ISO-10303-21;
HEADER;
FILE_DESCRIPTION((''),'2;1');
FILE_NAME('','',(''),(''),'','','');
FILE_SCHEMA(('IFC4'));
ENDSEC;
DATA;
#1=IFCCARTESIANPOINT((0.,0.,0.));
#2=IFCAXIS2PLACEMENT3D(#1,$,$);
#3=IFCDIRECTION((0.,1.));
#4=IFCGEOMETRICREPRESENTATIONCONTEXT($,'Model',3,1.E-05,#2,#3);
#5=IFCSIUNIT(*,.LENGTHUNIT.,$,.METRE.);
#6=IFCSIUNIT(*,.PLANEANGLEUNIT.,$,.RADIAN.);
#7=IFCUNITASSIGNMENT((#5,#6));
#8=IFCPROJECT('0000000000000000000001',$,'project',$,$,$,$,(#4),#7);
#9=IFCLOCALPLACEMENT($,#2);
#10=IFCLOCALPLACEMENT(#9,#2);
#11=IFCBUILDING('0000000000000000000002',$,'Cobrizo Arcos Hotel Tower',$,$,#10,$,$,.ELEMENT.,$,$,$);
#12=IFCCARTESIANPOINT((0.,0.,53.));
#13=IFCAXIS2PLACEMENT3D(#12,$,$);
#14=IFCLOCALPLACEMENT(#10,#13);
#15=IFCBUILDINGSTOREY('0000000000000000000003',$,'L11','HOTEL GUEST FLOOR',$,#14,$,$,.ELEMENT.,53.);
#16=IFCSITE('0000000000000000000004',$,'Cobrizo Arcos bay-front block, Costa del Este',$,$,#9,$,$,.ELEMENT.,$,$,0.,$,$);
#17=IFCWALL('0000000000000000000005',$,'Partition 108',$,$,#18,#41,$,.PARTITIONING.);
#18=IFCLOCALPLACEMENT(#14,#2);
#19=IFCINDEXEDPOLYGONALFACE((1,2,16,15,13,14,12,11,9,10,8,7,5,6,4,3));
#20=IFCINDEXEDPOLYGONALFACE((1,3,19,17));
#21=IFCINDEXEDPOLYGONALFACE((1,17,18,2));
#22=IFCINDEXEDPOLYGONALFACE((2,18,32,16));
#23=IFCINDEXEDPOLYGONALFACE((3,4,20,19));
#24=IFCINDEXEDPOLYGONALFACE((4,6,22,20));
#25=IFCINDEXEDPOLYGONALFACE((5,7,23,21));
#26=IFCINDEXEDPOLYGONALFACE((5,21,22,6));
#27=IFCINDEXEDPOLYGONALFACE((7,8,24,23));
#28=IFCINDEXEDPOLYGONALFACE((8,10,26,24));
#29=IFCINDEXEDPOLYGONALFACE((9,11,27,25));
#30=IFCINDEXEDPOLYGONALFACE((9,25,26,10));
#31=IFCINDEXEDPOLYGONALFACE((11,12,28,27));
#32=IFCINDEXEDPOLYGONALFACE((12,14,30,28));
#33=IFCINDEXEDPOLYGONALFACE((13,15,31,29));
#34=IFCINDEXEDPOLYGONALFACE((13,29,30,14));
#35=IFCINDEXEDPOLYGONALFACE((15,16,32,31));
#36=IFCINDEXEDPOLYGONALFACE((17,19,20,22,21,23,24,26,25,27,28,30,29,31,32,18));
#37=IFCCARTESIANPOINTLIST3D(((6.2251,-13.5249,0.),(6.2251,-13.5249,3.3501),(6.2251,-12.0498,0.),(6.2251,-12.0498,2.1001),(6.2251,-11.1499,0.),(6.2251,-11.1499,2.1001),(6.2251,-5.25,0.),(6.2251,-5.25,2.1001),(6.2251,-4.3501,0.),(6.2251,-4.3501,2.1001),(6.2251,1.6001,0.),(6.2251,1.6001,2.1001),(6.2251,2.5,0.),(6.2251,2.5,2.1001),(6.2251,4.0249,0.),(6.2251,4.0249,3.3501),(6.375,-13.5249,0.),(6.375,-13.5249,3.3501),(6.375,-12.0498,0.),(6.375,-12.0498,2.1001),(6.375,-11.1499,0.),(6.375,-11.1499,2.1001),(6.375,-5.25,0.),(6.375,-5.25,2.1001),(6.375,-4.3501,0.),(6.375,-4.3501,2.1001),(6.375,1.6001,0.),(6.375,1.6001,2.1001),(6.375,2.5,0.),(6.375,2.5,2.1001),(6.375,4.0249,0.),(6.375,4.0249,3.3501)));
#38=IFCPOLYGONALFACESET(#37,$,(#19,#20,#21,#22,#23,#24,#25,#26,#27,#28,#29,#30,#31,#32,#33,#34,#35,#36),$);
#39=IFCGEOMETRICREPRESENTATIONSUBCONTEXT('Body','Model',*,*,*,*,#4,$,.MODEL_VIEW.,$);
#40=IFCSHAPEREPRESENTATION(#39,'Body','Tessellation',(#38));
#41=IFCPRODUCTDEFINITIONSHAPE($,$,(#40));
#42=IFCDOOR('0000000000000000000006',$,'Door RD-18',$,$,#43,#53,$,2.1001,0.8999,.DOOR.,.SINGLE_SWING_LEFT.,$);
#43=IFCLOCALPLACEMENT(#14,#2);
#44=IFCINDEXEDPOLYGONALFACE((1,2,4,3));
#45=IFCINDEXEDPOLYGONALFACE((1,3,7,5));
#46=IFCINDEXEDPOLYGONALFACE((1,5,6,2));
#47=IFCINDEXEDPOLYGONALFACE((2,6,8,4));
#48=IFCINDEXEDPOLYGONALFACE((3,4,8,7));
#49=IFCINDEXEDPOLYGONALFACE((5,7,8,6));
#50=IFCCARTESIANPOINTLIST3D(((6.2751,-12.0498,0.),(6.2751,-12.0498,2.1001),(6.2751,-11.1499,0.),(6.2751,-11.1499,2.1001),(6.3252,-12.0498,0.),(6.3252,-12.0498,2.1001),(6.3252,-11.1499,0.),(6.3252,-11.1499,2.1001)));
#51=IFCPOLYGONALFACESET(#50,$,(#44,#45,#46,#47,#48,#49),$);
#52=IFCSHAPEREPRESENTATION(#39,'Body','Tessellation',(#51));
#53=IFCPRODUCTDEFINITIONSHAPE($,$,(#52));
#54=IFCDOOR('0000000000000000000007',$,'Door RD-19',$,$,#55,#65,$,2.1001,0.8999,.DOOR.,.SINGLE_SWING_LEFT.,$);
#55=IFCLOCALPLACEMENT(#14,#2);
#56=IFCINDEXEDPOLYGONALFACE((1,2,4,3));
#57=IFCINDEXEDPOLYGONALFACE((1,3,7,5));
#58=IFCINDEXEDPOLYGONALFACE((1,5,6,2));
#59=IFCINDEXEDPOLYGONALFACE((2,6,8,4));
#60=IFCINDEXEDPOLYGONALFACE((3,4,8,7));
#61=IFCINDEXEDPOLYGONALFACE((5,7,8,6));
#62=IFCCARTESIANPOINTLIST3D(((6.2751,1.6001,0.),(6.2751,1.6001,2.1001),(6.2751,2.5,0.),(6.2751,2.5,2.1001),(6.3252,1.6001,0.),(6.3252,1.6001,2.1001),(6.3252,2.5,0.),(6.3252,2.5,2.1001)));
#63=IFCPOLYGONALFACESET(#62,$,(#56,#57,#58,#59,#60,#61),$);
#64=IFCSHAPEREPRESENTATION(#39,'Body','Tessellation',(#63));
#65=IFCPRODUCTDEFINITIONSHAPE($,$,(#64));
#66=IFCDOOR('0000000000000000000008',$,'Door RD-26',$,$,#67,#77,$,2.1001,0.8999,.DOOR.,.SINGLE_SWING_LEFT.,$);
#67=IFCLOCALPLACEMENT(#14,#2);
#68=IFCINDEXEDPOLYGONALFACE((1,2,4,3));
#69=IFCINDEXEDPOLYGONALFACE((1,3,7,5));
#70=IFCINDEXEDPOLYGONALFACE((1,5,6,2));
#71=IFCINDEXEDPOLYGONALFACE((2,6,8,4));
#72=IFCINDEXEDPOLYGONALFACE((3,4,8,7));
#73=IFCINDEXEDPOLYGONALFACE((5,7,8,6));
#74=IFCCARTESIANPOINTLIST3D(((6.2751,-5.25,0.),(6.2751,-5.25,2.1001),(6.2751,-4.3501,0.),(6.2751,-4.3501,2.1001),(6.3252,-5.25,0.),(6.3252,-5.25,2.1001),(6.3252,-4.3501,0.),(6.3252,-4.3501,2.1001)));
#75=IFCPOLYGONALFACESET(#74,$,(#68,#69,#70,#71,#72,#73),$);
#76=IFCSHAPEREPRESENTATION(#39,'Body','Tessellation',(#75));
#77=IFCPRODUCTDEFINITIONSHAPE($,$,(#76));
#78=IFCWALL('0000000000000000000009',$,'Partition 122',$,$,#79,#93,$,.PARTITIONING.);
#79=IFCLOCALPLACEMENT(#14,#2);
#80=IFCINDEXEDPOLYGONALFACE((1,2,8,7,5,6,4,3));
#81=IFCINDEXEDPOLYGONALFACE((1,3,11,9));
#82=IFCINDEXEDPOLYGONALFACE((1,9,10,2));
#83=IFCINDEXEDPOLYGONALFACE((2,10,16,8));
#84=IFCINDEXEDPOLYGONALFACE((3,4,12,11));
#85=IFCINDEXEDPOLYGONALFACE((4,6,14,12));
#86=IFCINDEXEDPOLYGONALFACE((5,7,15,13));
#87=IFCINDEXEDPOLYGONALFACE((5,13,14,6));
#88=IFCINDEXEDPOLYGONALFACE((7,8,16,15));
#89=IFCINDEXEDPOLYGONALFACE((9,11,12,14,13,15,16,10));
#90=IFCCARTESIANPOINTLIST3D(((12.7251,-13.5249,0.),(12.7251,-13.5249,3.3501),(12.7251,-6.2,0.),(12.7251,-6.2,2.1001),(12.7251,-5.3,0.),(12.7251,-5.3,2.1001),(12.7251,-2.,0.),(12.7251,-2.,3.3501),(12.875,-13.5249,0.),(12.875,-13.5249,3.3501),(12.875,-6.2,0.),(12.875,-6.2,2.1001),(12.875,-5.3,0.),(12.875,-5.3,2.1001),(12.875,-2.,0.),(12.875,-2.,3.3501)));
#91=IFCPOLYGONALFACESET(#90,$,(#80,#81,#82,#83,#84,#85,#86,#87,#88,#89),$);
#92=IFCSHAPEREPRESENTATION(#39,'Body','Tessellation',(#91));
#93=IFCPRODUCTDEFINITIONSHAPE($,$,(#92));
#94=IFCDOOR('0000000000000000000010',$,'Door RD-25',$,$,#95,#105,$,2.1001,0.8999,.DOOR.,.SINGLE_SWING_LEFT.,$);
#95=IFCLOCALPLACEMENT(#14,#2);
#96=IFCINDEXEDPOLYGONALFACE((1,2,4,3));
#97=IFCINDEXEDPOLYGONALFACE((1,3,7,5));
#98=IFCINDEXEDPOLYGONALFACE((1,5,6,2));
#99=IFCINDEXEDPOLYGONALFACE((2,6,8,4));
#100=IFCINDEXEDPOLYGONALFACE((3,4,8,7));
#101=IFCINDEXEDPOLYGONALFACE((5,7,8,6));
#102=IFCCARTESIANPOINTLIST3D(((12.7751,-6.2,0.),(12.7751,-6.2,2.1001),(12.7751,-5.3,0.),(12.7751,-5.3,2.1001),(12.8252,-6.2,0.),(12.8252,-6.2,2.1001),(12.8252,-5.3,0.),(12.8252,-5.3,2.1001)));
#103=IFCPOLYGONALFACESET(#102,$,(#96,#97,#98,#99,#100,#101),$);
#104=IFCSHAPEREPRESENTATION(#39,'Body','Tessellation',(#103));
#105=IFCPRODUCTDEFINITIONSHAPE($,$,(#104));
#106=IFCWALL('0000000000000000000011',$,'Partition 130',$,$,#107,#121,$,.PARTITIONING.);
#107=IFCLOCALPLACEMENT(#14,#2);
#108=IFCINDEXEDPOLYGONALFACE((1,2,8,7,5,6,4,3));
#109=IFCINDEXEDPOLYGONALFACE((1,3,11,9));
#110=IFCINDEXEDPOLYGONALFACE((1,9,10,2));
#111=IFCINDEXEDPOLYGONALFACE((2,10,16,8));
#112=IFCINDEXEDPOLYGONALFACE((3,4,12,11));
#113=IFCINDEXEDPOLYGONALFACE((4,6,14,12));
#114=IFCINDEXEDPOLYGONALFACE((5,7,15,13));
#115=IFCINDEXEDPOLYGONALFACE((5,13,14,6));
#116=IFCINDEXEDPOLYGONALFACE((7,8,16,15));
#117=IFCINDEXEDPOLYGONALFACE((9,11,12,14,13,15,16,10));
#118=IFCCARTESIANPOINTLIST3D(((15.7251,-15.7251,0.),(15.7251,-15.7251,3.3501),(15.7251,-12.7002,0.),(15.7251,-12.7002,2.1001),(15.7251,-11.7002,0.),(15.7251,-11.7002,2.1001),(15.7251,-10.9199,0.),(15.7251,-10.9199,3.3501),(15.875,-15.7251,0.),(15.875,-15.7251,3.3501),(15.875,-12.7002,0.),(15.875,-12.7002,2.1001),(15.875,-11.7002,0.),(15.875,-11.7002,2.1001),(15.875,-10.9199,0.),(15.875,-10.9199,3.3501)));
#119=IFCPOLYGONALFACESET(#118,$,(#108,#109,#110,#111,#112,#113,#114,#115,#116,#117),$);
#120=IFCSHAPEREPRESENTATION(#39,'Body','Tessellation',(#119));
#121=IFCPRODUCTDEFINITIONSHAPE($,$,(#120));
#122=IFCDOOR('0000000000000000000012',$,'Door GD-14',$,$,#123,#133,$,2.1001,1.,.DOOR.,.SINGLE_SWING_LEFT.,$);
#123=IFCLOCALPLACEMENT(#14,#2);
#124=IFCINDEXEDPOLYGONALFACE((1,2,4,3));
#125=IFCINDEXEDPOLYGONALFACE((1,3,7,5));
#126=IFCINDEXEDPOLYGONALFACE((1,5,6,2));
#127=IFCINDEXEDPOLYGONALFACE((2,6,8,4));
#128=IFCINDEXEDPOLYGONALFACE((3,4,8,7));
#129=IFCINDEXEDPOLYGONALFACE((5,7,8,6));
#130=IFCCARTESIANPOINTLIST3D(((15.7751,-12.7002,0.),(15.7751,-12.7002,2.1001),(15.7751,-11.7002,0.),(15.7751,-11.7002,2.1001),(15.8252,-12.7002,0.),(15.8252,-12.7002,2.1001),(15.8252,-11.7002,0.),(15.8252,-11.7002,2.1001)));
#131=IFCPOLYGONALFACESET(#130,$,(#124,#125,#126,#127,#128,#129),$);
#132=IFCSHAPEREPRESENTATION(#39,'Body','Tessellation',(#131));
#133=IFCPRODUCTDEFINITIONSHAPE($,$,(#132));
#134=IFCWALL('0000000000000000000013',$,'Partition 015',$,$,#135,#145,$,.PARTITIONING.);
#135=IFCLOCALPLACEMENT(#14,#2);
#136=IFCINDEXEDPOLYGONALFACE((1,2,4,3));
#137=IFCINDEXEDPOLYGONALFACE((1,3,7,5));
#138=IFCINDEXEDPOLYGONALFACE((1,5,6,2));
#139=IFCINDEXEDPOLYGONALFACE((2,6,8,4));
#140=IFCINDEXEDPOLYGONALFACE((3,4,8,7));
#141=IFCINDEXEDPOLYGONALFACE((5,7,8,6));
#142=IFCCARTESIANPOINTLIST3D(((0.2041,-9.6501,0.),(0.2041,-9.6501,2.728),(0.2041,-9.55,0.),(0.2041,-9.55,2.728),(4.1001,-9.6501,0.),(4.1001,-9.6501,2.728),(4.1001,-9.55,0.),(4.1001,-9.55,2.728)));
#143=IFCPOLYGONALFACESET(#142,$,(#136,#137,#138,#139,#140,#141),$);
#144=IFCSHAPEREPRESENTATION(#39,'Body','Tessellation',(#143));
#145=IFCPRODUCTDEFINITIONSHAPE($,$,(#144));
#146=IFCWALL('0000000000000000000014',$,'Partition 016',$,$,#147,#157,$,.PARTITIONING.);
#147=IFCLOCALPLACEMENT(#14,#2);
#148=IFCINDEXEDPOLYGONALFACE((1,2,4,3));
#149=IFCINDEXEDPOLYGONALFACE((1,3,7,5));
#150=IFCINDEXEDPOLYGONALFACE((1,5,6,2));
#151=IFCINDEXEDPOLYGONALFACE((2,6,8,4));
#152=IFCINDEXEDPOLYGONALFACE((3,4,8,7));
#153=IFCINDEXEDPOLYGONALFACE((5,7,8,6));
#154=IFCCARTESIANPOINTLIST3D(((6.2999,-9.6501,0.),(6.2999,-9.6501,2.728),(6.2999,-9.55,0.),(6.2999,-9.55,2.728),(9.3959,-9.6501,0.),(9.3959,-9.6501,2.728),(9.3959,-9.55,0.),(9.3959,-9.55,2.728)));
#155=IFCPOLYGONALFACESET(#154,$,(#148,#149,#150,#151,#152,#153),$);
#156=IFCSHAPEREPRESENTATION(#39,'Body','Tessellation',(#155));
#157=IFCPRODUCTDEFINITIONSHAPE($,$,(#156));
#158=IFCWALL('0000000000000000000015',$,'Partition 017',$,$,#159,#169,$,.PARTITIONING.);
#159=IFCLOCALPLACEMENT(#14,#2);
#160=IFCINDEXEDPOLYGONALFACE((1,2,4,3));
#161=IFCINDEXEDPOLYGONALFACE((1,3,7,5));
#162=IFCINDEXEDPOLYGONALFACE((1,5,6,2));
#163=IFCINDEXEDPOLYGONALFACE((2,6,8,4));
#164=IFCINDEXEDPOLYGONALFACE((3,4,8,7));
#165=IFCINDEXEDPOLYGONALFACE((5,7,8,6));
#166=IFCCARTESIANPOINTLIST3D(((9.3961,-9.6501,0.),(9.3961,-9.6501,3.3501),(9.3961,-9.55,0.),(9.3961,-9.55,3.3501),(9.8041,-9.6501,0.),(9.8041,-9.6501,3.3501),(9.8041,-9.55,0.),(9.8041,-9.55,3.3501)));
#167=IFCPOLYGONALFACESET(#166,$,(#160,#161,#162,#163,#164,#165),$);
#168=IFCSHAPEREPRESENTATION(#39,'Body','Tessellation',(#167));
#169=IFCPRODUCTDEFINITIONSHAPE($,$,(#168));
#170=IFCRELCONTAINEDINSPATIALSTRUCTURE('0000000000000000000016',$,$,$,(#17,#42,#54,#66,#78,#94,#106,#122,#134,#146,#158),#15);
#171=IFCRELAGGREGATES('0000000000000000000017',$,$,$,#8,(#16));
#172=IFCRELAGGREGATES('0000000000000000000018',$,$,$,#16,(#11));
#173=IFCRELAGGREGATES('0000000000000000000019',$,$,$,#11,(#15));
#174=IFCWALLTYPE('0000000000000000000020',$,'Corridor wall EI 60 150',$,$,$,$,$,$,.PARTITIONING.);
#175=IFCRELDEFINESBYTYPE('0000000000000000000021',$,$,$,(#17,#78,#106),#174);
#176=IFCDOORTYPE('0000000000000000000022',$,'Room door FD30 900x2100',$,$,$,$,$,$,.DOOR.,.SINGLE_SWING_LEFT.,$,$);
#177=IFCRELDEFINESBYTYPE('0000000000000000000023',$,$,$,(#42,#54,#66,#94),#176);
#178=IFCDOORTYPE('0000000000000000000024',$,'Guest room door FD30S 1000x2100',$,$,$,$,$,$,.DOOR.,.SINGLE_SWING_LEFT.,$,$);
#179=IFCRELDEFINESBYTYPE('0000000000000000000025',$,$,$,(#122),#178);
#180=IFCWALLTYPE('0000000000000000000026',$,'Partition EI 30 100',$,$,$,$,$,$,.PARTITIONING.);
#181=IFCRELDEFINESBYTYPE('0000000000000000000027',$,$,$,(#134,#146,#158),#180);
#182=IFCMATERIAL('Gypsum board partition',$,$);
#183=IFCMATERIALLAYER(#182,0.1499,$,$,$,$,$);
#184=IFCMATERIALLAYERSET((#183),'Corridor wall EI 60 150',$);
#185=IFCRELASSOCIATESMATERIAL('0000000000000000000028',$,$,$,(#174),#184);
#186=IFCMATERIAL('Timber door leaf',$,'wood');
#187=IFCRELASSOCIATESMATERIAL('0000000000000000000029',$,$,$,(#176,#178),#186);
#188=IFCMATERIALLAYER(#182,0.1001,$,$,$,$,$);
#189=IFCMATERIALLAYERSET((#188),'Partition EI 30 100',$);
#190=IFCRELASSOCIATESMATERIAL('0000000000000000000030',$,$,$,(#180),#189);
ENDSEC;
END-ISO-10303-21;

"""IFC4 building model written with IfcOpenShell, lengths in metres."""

from ifc_helpers import new_model, si_unit, direction, frame, frame_2d, origin, place, context, subcontext, project, spatial, rectangle, extrude, material, layer, layer_set, type_object, element, fill, save


model = new_model("IFC4")

# Units and contexts
model_context = context("Model", 3, precision=1e-05, world=origin(), true_north=direction((0.0, 1.0)))
body_context = subcontext(model_context, "Body", "Model", "MODEL_VIEW")
ifc_project = project(units=[si_unit("LENGTHUNIT", "METRE"), si_unit("PLANEANGLEUNIT", "RADIAN")], contexts=[model_context])

# Site, building, storey
site_placement = place(None, origin())
site = spatial("IfcSite", under=ifc_project, at=site_placement, Name="Cobrizo Arcos bay-front block, Costa del Este", CompositionType="ELEMENT", RefElevation=0.0)
building_placement = place(site_placement, origin())
building = spatial("IfcBuilding", under=site, at=building_placement, Name="Cobrizo Arcos Hotel Tower", CompositionType="ELEMENT")
storey_placement = place(building_placement, frame((0.0, 0.0, 53.0)))
storey = spatial("IfcBuildingStorey", under=building, at=storey_placement, Name="L11", Description="HOTEL GUEST FLOOR", CompositionType="ELEMENT", Elevation=53.0)

# Shared definitions
ifc_material_1 = material(Name="Gypsum board partition")
ifc_layer_1 = layer(ifc_material_1, 0.1499)
ifc_layer_set_1 = layer_set([ifc_layer_1], Name="Corridor wall EI 60 150")
wall_type_1 = type_object("IfcWallType", Name="Corridor wall EI 60 150", PredefinedType="PARTITIONING", material=ifc_layer_set_1)
ifc_material_2 = material(Name="Timber door leaf", Category="wood")
door_type_1 = type_object("IfcDoorType", Name="Room door FD30 900x2100", OperationType="SINGLE_SWING_LEFT", PredefinedType="DOOR", material=ifc_material_2)

# Wall, openings, doors
wall_1_placement = place(storey_placement, frame((6.3, -13.5249, 0.0), z_axis=(0.0, 0.0, 1.0), x_axis=(0.0, 1.0, 0.0)))
wall_1 = element("IfcWall", 1, at=wall_1_placement, inside=storey, type_object=wall_type_1, Name="Partition 108", PredefinedType="PARTITIONING", context=body_context, shape_type="SweptSolid", body=[
    extrude(rectangle(XDim=17.5498, YDim=0.1499, at=frame_2d((8.7749, 0.0))), origin(), (0.0, 0.0, 1.0), 3.3501),
])
opening_1_placement = place(wall_1_placement, frame((1.4751, 0.0, 0.0)))
opening_1 = element("IfcOpeningElement", 2, at=opening_1_placement, cuts=wall_1, PredefinedType="OPENING", context=body_context, shape_type="SweptSolid", body=[
    extrude(rectangle(XDim=0.8999, YDim=2.1001, at=frame_2d((0.45, 1.05))), frame((0.0, 0.0869, 0.0), z_axis=(0.0, -1.0, 0.0), x_axis=(1.0, 0.0, 0.0)), (0.0, 0.0, 1.0), 0.1738),
])
opening_2_placement = place(wall_1_placement, frame((15.125, 0.0, 0.0)))
opening_2 = element("IfcOpeningElement", 3, at=opening_2_placement, cuts=wall_1, PredefinedType="OPENING", context=body_context, shape_type="SweptSolid", body=[
    extrude(rectangle(XDim=0.8999, YDim=2.1001, at=frame_2d((0.45, 1.05))), frame((0.0, 0.0869, 0.0), z_axis=(0.0, -1.0, 0.0), x_axis=(1.0, 0.0, 0.0)), (0.0, 0.0, 1.0), 0.1738),
])
opening_3_placement = place(wall_1_placement, frame((8.2749, 0.0, 0.0)))
opening_3 = element("IfcOpeningElement", 4, at=opening_3_placement, cuts=wall_1, PredefinedType="OPENING", context=body_context, shape_type="SweptSolid", body=[
    extrude(rectangle(XDim=0.8999, YDim=2.1001, at=frame_2d((0.45, 1.05))), frame((0.0, 0.0869, 0.0), z_axis=(0.0, -1.0, 0.0), x_axis=(1.0, 0.0, 0.0)), (0.0, 0.0, 1.0), 0.1738),
])
door_1_placement = place(opening_1_placement, origin())
door_1 = element("IfcDoor", 5, at=door_1_placement, inside=storey, type_object=door_type_1, Name="Door RD-18", OperationType="SINGLE_SWING_LEFT", OverallHeight=2.1001, OverallWidth=0.8999, PredefinedType="DOOR", context=body_context, shape_type="SweptSolid", body=[
    extrude(rectangle(XDim=0.8999, YDim=2.1001, at=frame_2d((0.45, 1.05))), frame((0.0, 0.0249, 0.0), z_axis=(0.0, -1.0, 0.0), x_axis=(1.0, 0.0, 0.0)), (0.0, 0.0, 1.0), 0.05),
])
fill(opening_1, door_1)
door_2_placement = place(opening_2_placement, origin())
door_2 = element("IfcDoor", 6, at=door_2_placement, inside=storey, type_object=door_type_1, Name="Door RD-19", OperationType="SINGLE_SWING_LEFT", OverallHeight=2.1001, OverallWidth=0.8999, PredefinedType="DOOR", context=body_context, shape_type="SweptSolid", body=[
    extrude(rectangle(XDim=0.8999, YDim=2.1001, at=frame_2d((0.45, 1.05))), frame((0.0, 0.0249, 0.0), z_axis=(0.0, -1.0, 0.0), x_axis=(1.0, 0.0, 0.0)), (0.0, 0.0, 1.0), 0.05),
])
fill(opening_2, door_2)
door_3_placement = place(opening_3_placement, origin())
door_3 = element("IfcDoor", 7, at=door_3_placement, inside=storey, type_object=door_type_1, Name="Door RD-26", OperationType="SINGLE_SWING_LEFT", OverallHeight=2.1001, OverallWidth=0.8999, PredefinedType="DOOR", context=body_context, shape_type="SweptSolid", body=[
    extrude(rectangle(XDim=0.8999, YDim=2.1001, at=frame_2d((0.45, 1.05))), frame((0.0, 0.0249, 0.0), z_axis=(0.0, -1.0, 0.0), x_axis=(1.0, 0.0, 0.0)), (0.0, 0.0, 1.0), 0.05),
])
fill(opening_3, door_3)

# Walls, openings, doors
wall_2_placement = place(storey_placement, frame((12.8, -13.5249, 0.0), z_axis=(0.0, 0.0, 1.0), x_axis=(0.0, 1.0, 0.0)))
wall_2 = element("IfcWall", 8, at=wall_2_placement, inside=storey, type_object=wall_type_1, Name="Partition 122", PredefinedType="PARTITIONING", context=body_context, shape_type="SweptSolid", body=[
    extrude(rectangle(XDim=11.5249, YDim=0.1499, at=frame_2d((5.7625, 0.0))), origin(), (0.0, 0.0, 1.0), 3.3501),
])
opening_4_placement = place(wall_2_placement, frame((7.325, 0.0, 0.0)))
opening_4 = element("IfcOpeningElement", 9, at=opening_4_placement, cuts=wall_2, PredefinedType="OPENING", context=body_context, shape_type="SweptSolid", body=[
    extrude(rectangle(XDim=0.8999, YDim=2.1001, at=frame_2d((0.45, 1.05))), frame((0.0, 0.0869, 0.0), z_axis=(0.0, -1.0, 0.0), x_axis=(1.0, 0.0, 0.0)), (0.0, 0.0, 1.0), 0.1738),
])
door_4_placement = place(opening_4_placement, origin())
door_4 = element("IfcDoor", 10, at=door_4_placement, inside=storey, type_object=door_type_1, Name="Door RD-25", OperationType="SINGLE_SWING_LEFT", OverallHeight=2.1001, OverallWidth=0.8999, PredefinedType="DOOR", context=body_context, shape_type="SweptSolid", body=[
    extrude(rectangle(XDim=0.8999, YDim=2.1001, at=frame_2d((0.45, 1.05))), frame((0.0, 0.0249, 0.0), z_axis=(0.0, -1.0, 0.0), x_axis=(1.0, 0.0, 0.0)), (0.0, 0.0, 1.0), 0.05),
])
fill(opening_4, door_4)
wall_3_placement = place(storey_placement, frame((15.8, -15.7251, 0.0), z_axis=(0.0, 0.0, 1.0), x_axis=(0.0, 1.0, 0.0)))
wall_3 = element("IfcWall", 11, at=wall_3_placement, inside=storey, type_object=wall_type_1, Name="Partition 130", PredefinedType="PARTITIONING", context=body_context, shape_type="SweptSolid", body=[
    extrude(rectangle(XDim=4.8052, YDim=0.1499, at=frame_2d((2.4026, 0.0))), origin(), (0.0, 0.0, 1.0), 3.3501),
])
opening_5_placement = place(wall_3_placement, frame((3.0249, 0.0, 0.0)))
opening_5 = element("IfcOpeningElement", 12, at=opening_5_placement, cuts=wall_3, PredefinedType="OPENING", context=body_context, shape_type="SweptSolid", body=[
    extrude(rectangle(XDim=1.0, YDim=2.1001, at=frame_2d((0.5, 1.05))), frame((0.0, 0.0869, 0.0), z_axis=(0.0, -1.0, 0.0), x_axis=(1.0, 0.0, 0.0)), (0.0, 0.0, 1.0), 0.1738),
])
door_type_2 = type_object("IfcDoorType", Name="Guest room door FD30S 1000x2100", OperationType="SINGLE_SWING_LEFT", PredefinedType="DOOR", material=ifc_material_2)
door_5_placement = place(opening_5_placement, origin())
door_5 = element("IfcDoor", 13, at=door_5_placement, inside=storey, type_object=door_type_2, Name="Door GD-14", OperationType="SINGLE_SWING_LEFT", OverallHeight=2.1001, OverallWidth=1.0, PredefinedType="DOOR", context=body_context, shape_type="SweptSolid", body=[
    extrude(rectangle(XDim=1.0, YDim=2.1001, at=frame_2d((0.5, 1.05))), frame((0.0, 0.0249, 0.0), z_axis=(0.0, -1.0, 0.0), x_axis=(1.0, 0.0, 0.0)), (0.0, 0.0, 1.0), 0.05),
])
fill(opening_5, door_5)

# Walls
ifc_layer_2 = layer(ifc_material_1, 0.1001)
ifc_layer_set_2 = layer_set([ifc_layer_2], Name="Partition EI 30 100")
wall_type_2 = type_object("IfcWallType", Name="Partition EI 30 100", PredefinedType="PARTITIONING", material=ifc_layer_set_2)
wall_4_placement = place(storey_placement, frame((0.2041, -9.6001, 0.0), z_axis=(0.0, 0.0, 1.0), x_axis=(1.0, 0.0, 0.0)))
element("IfcWall", 14, at=wall_4_placement, inside=storey, type_object=wall_type_2, Name="Partition 015", PredefinedType="PARTITIONING", context=body_context, shape_type="SweptSolid", body=[
    extrude(rectangle(XDim=3.896, YDim=0.1001, at=frame_2d((1.948, 0.0))), origin(), (0.0, 0.0, 1.0), 2.728),
])
wall_5_placement = place(storey_placement, frame((6.3, -9.6001, 0.0), z_axis=(0.0, 0.0, 1.0), x_axis=(1.0, 0.0, 0.0)))
element("IfcWall", 15, at=wall_5_placement, inside=storey, type_object=wall_type_2, Name="Partition 016", PredefinedType="PARTITIONING", context=body_context, shape_type="SweptSolid", body=[
    extrude(rectangle(XDim=3.0959, YDim=0.1001, at=frame_2d((1.5479, 0.0))), origin(), (0.0, 0.0, 1.0), 2.728),
])
wall_6_placement = place(storey_placement, frame((9.396, -9.6001, 0.0), z_axis=(0.0, 0.0, 1.0), x_axis=(1.0, 0.0, 0.0)))
element("IfcWall", 16, at=wall_6_placement, inside=storey, type_object=wall_type_2, Name="Partition 017", PredefinedType="PARTITIONING", context=body_context, shape_type="SweptSolid", body=[
    extrude(rectangle(XDim=0.408, YDim=0.1001, at=frame_2d((0.2041, 0.0))), origin(), (0.0, 0.0, 1.0), 3.3501),
])

save(model, "model.ifc")
